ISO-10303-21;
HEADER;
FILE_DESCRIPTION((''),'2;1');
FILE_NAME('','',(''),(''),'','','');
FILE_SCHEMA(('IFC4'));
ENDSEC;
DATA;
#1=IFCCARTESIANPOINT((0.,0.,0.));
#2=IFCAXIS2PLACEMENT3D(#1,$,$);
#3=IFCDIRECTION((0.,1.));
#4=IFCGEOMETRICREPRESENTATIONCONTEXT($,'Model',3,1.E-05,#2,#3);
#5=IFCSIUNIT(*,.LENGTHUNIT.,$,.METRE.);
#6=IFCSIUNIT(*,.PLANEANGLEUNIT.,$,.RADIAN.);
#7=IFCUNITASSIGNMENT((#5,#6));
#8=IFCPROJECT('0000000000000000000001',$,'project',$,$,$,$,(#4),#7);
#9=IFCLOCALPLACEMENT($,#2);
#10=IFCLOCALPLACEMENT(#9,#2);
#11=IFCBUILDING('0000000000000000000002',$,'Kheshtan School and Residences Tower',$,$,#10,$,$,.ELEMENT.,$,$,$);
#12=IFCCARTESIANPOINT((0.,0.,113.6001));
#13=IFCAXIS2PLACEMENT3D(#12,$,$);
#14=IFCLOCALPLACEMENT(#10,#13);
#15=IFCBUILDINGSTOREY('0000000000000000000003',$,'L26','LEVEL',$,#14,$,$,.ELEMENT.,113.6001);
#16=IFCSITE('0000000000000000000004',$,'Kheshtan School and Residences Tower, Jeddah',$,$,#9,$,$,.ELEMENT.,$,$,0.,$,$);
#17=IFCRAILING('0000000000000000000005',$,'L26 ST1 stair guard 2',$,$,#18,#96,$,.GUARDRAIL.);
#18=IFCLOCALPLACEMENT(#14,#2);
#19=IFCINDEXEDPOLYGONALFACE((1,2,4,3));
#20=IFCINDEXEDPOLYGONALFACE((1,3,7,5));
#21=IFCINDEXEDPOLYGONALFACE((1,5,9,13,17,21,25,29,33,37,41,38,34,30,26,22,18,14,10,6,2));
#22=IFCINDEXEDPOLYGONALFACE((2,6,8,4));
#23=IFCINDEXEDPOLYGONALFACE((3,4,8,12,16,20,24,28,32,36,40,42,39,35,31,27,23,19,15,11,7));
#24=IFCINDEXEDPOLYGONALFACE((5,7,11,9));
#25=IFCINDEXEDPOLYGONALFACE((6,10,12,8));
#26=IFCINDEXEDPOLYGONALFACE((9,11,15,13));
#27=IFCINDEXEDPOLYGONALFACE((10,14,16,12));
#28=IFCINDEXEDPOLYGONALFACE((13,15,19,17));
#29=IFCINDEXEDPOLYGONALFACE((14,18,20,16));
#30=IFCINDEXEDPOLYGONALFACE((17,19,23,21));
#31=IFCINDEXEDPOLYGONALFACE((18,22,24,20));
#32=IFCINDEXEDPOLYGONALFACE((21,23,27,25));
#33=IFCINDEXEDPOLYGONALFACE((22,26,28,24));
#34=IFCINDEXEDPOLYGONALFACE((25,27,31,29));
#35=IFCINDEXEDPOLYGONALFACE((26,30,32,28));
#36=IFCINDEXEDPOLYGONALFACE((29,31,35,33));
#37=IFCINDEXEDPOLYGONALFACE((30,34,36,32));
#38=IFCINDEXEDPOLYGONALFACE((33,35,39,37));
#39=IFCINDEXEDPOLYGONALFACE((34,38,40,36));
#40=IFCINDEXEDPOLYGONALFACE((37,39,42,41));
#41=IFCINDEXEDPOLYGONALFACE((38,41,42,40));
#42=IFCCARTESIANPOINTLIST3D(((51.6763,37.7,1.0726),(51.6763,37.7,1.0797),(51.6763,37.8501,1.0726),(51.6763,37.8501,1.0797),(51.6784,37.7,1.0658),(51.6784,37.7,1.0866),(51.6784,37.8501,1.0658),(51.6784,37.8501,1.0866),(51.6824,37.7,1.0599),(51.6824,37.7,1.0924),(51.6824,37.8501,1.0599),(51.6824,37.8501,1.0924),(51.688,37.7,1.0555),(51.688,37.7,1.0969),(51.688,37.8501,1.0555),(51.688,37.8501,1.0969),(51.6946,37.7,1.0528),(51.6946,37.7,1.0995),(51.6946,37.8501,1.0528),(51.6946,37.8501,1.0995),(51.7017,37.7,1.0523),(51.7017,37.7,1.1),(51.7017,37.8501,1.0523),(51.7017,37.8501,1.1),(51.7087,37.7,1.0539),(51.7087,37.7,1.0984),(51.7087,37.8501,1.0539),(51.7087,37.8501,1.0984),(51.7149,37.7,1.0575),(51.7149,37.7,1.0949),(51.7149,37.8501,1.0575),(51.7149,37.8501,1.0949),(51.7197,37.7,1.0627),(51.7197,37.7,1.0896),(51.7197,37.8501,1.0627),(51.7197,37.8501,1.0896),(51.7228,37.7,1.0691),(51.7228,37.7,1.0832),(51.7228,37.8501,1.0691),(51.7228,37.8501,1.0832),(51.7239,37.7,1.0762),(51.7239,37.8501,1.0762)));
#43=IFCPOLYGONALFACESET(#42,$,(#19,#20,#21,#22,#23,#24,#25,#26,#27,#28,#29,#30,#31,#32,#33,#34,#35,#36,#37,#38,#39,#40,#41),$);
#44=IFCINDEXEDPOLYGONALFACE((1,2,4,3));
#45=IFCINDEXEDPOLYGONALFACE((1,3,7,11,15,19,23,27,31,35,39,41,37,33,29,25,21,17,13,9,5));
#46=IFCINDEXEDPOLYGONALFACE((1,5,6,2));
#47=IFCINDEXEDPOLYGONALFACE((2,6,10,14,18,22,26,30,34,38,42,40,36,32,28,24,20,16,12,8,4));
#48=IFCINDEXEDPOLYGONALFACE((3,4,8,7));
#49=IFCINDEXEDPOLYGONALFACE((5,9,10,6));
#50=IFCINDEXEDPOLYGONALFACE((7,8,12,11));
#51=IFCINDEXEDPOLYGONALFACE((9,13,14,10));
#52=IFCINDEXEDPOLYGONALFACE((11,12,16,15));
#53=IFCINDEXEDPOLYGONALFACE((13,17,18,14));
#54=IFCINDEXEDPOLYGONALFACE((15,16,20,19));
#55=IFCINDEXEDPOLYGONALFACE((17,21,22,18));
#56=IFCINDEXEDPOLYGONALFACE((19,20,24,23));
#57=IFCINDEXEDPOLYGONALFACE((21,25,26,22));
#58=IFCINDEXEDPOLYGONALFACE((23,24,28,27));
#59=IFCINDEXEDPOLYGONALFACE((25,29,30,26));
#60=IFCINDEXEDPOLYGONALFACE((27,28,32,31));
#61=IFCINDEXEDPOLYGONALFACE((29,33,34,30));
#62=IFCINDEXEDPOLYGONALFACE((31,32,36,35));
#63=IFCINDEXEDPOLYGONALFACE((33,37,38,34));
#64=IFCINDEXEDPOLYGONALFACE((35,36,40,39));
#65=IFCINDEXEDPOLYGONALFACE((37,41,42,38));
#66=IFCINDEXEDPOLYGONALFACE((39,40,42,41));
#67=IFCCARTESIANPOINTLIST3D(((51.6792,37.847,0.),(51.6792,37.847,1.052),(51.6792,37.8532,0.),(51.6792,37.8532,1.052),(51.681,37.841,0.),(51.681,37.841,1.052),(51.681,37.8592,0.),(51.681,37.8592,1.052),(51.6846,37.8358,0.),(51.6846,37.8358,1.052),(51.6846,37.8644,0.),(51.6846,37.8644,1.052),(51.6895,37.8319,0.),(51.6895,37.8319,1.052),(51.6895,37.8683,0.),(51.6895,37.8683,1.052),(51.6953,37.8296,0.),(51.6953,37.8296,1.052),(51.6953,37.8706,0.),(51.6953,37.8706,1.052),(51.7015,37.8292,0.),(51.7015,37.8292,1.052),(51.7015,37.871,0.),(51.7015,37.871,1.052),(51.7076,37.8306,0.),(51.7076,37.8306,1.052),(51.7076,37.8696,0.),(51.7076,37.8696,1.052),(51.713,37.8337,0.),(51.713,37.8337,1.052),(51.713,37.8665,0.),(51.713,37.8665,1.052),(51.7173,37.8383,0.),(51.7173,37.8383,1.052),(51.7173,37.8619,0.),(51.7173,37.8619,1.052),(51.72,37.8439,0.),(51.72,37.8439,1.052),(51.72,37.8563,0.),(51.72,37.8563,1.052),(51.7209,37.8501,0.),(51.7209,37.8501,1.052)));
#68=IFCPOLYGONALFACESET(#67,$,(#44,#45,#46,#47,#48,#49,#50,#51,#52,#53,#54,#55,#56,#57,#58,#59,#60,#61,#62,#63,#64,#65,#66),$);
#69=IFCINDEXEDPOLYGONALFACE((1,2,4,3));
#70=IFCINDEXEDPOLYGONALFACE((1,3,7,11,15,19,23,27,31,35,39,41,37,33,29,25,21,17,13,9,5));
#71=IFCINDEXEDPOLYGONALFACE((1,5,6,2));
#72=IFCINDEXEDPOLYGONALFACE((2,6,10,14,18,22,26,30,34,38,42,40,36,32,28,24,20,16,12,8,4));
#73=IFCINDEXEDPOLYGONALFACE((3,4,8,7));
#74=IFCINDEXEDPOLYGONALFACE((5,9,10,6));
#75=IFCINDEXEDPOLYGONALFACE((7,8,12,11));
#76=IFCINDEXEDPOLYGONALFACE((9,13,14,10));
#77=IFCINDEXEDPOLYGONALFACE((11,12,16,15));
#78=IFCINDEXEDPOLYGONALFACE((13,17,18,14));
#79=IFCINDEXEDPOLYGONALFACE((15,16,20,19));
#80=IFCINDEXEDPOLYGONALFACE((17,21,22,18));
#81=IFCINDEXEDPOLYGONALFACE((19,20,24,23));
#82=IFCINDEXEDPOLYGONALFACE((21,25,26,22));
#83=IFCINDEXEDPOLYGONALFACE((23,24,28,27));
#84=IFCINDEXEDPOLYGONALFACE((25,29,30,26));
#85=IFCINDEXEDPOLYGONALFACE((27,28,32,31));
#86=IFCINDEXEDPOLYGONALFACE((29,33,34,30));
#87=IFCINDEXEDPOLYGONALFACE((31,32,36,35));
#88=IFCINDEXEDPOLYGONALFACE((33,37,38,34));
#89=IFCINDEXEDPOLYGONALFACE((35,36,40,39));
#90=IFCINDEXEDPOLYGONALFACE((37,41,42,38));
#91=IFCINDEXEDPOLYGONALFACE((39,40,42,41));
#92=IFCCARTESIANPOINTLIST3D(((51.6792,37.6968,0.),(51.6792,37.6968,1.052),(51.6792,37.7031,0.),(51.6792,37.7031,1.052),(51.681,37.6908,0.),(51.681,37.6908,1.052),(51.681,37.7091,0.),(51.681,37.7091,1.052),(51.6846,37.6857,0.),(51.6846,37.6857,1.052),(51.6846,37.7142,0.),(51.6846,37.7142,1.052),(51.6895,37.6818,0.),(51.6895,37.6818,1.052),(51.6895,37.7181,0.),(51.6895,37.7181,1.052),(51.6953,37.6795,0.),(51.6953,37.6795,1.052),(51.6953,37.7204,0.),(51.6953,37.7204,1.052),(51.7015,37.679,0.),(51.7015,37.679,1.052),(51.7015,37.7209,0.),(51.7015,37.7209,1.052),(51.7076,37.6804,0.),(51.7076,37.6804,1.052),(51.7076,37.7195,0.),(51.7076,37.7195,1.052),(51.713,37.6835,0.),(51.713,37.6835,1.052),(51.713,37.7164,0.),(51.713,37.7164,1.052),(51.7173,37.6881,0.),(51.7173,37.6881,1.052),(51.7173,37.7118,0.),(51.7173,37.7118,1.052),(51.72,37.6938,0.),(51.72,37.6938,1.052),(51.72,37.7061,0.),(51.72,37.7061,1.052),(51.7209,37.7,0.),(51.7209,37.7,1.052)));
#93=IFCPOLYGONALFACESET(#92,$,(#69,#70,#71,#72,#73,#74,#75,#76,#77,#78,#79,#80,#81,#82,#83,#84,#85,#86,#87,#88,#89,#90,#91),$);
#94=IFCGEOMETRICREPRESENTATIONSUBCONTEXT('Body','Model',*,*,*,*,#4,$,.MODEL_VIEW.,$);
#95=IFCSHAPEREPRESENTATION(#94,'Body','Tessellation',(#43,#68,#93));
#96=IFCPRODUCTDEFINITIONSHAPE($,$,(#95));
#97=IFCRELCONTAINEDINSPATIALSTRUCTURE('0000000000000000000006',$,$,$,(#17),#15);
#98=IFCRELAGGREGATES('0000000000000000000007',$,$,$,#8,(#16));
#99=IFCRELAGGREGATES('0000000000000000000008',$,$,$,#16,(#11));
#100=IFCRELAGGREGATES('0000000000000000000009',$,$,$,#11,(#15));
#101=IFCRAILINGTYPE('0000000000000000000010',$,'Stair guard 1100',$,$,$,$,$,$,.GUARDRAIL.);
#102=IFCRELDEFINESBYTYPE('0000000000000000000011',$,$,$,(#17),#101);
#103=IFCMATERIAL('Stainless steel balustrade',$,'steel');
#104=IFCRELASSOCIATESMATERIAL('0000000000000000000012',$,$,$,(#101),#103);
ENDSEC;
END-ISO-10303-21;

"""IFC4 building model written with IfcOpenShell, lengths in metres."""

from ifc_helpers import new_model, si_unit, direction, frame, origin, origin_2d, place, context, subcontext, project, spatial, circle, extrude, material, type_object, element, save


model = new_model("IFC4")

# Units and contexts
model_context = context("Model", 3, precision=1e-05, world=origin(), true_north=direction((0.0, 1.0)))
body_context = subcontext(model_context, "Body", "Model", "MODEL_VIEW")
ifc_project = project(units=[si_unit("LENGTHUNIT", "METRE"), si_unit("PLANEANGLEUNIT", "RADIAN")], contexts=[model_context])

# Site, building, storey
site_placement = place(None, origin())
site = spatial("IfcSite", under=ifc_project, at=site_placement, Name="Kheshtan School and Residences Tower, Jeddah", CompositionType="ELEMENT", RefElevation=0.0)
building_placement = place(site_placement, origin())
building = spatial("IfcBuilding", under=site, at=building_placement, Name="Kheshtan School and Residences Tower", CompositionType="ELEMENT")
storey_placement = place(building_placement, frame((0.0, 0.0, 113.6001)))
storey = spatial("IfcBuildingStorey", under=building, at=storey_placement, Name="L26", Description="LEVEL", CompositionType="ELEMENT", Elevation=113.6001)

# Railing
ifc_material_1 = material(Name="Stainless steel balustrade", Category="steel")
railing_type_1 = type_object("IfcRailingType", Name="Stair guard 1100", PredefinedType="GUARDRAIL", material=ifc_material_1)
railing_1_placement = place(storey_placement, frame((51.7, 37.8501, 0.0)))
element("IfcRailing", 1, at=railing_1_placement, inside=storey, type_object=railing_type_1, Name="L26 ST1 stair guard 2", PredefinedType="GUARDRAIL", context=body_context, shape_type="SweptSolid", body=[
    extrude(circle(Radius=0.0239, at=origin_2d()), frame((0.0, 0.0, 1.0762), z_axis=(0.0, -1.0, 0.0), x_axis=(1.0, 0.0, 0.0)), (0.0, 0.0, 1.0), 0.1501),
    extrude(circle(Radius=0.021, at=origin_2d()), origin(), (0.0, 0.0, 1.0), 1.052),
    extrude(circle(Radius=0.021, at=origin_2d()), frame((0.0, -0.1501, 0.0)), (0.0, 0.0, 1.0), 1.052),
])

save(model, "model.ifc")
